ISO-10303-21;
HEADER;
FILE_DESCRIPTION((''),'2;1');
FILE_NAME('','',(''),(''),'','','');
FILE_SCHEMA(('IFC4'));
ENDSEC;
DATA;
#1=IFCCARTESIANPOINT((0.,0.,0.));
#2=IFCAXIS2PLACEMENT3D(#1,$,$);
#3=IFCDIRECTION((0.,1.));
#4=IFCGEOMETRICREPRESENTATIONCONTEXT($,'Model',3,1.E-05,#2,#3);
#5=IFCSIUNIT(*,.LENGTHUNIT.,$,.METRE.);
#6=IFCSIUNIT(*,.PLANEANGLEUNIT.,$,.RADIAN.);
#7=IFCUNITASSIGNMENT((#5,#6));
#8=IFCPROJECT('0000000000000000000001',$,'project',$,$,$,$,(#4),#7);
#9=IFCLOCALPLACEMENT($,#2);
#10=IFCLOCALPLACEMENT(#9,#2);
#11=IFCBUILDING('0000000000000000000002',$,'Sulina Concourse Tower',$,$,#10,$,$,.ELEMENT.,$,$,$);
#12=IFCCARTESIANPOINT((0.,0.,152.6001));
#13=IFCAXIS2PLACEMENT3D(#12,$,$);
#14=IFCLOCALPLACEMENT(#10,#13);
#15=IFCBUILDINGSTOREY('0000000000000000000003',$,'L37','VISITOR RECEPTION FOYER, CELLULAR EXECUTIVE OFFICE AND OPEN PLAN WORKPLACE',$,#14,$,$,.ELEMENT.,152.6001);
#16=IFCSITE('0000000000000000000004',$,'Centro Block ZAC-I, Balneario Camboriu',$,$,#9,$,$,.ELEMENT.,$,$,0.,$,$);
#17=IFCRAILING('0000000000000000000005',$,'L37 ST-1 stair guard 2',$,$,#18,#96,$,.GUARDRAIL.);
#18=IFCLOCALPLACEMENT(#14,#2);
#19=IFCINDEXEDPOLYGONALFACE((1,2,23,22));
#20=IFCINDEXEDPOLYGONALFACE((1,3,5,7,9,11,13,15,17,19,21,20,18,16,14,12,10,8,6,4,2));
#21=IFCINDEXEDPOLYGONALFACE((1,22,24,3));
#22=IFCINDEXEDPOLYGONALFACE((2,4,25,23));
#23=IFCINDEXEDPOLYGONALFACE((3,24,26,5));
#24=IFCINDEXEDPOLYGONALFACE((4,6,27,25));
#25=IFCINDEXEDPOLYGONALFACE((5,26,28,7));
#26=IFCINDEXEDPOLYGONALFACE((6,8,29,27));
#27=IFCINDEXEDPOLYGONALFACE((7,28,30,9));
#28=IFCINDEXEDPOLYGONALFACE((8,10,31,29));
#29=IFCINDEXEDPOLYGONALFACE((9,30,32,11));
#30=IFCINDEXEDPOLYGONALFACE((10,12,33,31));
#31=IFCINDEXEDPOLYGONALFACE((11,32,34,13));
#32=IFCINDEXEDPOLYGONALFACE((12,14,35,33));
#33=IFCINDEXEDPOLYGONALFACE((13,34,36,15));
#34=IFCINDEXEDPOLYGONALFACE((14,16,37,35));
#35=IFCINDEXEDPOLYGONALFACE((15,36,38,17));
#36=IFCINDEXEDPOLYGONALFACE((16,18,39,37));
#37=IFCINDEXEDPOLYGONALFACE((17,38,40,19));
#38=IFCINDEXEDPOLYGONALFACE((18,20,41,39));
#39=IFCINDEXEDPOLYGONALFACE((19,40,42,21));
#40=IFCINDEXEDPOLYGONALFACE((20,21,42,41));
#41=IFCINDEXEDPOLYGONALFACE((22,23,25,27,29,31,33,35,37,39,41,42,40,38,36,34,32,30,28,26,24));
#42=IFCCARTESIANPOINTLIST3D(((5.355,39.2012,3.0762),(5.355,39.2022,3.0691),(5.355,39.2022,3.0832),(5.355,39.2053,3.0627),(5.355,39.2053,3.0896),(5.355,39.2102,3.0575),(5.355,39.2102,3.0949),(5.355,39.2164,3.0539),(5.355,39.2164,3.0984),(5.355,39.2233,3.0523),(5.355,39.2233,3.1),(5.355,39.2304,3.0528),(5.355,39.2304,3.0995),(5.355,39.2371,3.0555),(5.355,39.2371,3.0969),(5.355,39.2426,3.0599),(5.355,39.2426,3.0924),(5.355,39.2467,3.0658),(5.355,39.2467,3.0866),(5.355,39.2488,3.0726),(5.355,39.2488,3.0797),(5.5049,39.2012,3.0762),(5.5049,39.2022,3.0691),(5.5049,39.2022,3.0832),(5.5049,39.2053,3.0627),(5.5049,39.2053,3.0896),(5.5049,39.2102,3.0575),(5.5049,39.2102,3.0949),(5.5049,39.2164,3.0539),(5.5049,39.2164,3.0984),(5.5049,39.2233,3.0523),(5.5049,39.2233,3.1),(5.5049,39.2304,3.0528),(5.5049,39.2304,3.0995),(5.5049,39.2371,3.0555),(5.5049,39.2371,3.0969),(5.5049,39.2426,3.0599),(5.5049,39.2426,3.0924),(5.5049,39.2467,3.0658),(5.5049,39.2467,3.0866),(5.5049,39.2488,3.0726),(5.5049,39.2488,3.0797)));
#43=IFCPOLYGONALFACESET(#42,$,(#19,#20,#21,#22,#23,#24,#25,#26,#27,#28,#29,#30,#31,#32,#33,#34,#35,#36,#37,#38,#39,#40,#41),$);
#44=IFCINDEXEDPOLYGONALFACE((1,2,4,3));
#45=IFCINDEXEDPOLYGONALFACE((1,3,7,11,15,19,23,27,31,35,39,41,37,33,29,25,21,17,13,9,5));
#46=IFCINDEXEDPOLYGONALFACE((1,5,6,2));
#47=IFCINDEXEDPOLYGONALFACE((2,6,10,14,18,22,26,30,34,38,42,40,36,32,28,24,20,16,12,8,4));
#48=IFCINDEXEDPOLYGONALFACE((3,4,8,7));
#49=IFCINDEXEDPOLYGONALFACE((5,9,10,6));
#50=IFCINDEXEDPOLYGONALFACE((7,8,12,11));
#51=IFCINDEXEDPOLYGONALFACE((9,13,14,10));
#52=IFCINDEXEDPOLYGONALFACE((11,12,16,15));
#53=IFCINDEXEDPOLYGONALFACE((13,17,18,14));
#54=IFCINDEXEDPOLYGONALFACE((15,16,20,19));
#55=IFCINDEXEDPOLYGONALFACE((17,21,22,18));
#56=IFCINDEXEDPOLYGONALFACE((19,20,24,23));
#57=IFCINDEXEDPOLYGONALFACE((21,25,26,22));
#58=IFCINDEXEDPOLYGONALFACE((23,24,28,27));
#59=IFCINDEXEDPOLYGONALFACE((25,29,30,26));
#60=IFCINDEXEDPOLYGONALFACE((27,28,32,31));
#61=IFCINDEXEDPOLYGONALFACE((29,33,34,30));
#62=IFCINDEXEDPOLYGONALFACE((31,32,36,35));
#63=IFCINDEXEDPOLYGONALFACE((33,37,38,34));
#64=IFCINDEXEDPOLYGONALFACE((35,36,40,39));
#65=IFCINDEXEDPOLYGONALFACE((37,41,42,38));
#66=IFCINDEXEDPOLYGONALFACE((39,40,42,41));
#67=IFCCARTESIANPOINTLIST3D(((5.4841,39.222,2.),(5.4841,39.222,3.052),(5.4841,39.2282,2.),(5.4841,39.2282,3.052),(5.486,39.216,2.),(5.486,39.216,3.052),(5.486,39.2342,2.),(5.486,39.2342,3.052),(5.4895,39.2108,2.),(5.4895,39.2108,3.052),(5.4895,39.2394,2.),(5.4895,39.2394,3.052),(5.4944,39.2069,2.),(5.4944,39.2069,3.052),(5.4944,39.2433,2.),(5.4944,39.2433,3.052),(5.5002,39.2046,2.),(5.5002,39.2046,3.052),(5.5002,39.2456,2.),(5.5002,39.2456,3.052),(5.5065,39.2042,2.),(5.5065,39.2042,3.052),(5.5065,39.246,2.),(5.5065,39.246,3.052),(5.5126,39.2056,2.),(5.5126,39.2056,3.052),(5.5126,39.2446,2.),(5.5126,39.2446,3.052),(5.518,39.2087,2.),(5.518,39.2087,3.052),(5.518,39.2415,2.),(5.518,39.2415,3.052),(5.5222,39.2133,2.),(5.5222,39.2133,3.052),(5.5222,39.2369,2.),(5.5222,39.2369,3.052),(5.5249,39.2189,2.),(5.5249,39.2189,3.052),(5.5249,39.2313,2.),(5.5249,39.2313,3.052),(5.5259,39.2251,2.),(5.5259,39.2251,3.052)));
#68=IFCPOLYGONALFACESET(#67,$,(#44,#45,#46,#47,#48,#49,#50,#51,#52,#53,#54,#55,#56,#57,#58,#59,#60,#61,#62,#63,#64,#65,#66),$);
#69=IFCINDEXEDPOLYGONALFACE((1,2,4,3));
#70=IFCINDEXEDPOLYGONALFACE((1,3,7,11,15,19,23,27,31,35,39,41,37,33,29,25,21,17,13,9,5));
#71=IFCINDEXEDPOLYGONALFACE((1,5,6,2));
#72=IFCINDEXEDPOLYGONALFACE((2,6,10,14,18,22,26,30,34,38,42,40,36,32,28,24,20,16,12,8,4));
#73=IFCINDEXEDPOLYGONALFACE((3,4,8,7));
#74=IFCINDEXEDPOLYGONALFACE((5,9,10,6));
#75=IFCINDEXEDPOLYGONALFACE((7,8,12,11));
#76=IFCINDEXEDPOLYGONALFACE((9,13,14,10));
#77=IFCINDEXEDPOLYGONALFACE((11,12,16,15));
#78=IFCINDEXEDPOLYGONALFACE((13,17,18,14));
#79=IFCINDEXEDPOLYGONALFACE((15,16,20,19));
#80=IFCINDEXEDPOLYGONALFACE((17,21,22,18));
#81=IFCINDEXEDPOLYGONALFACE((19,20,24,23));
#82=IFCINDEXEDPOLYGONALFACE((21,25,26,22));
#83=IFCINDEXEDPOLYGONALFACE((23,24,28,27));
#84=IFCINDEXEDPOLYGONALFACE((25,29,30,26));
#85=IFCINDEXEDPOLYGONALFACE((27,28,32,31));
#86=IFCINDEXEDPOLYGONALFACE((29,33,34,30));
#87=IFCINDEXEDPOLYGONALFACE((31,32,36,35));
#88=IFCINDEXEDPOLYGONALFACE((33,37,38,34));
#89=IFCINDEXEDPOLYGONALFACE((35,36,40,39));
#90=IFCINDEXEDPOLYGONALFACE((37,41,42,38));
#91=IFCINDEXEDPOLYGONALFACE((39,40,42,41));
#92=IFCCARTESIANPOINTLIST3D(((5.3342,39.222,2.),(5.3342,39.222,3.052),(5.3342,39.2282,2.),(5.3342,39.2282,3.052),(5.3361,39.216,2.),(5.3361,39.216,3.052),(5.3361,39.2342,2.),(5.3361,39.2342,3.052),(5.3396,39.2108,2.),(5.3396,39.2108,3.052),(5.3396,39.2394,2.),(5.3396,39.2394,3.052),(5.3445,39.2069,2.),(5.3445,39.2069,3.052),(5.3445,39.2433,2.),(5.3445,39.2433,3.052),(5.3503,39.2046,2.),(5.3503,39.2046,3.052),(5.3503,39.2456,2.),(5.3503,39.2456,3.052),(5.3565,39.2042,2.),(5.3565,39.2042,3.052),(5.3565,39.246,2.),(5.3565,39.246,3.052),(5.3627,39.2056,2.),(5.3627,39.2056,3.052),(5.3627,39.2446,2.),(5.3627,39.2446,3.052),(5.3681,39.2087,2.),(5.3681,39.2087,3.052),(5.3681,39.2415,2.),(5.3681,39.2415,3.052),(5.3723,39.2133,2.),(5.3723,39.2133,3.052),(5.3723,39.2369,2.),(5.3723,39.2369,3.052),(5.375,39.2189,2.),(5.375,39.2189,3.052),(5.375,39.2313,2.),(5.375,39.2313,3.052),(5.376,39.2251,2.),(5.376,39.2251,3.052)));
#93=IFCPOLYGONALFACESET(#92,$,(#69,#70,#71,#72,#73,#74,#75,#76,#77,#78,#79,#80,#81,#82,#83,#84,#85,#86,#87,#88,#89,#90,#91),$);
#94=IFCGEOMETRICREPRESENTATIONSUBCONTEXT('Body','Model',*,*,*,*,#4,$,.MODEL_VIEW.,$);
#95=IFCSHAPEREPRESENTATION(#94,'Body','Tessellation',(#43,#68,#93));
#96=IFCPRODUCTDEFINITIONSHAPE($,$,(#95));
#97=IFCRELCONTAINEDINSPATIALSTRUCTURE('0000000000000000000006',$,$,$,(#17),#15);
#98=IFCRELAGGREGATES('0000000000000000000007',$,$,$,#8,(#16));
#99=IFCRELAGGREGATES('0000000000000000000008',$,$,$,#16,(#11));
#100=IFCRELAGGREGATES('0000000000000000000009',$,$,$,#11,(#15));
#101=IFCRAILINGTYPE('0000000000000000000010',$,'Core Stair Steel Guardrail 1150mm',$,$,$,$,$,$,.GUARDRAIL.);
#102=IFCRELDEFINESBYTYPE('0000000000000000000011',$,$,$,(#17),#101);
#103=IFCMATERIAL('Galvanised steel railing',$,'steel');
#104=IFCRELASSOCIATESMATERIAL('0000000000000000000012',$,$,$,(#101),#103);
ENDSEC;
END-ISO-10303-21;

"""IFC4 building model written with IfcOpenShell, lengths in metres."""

from ifc_helpers import new_model, si_unit, direction, frame, origin, origin_2d, place, context, subcontext, project, spatial, circle, extrude, material, type_object, element, save


model = new_model("IFC4")

# Units and contexts
model_context = context("Model", 3, precision=1e-05, world=origin(), true_north=direction((0.0, 1.0)))
body_context = subcontext(model_context, "Body", "Model", "MODEL_VIEW")
ifc_project = project(units=[si_unit("LENGTHUNIT", "METRE"), si_unit("PLANEANGLEUNIT", "RADIAN")], contexts=[model_context])

# Site, building, storey
site_placement = place(None, origin())
site = spatial("IfcSite", under=ifc_project, at=site_placement, Name="Centro Block ZAC-I, Balneario Camboriu", CompositionType="ELEMENT", RefElevation=0.0)
building_placement = place(site_placement, origin())
building = spatial("IfcBuilding", under=site, at=building_placement, Name="Sulina Concourse Tower", CompositionType="ELEMENT")
storey_placement = place(building_placement, frame((0.0, 0.0, 152.6001)))
storey = spatial("IfcBuildingStorey", under=building, at=storey_placement, Name="L37", Description="VISITOR RECEPTION FOYER, CELLULAR EXECUTIVE OFFICE AND OPEN PLAN WORKPLACE", CompositionType="ELEMENT", Elevation=152.6001)

# Railing
ifc_material_1 = material(Name="Galvanised steel railing", Category="steel")
railing_type_1 = type_object("IfcRailingType", Name="Core Stair Steel Guardrail 1150mm", PredefinedType="GUARDRAIL", material=ifc_material_1)
railing_1_placement = place(storey_placement, frame((5.5049, 39.2251, 2.0)))
element("IfcRailing", 1, at=railing_1_placement, inside=storey, type_object=railing_type_1, Name="L37 ST-1 stair guard 2", PredefinedType="GUARDRAIL", context=body_context, shape_type="SweptSolid", body=[
    extrude(circle(Radius=0.0239, at=origin_2d()), frame((0.0, 0.0, 1.0762), z_axis=(-1.0, 0.0, 0.0), x_axis=(0.0, -1.0, 0.0)), (0.0, 0.0, 1.0), 0.1499),
    extrude(circle(Radius=0.021, at=origin_2d()), origin(), (0.0, 0.0, 1.0), 1.052),
    extrude(circle(Radius=0.021, at=origin_2d()), frame((-0.1499, 0.0, 0.0)), (0.0, 0.0, 1.0), 1.052),
])

save(model, "model.ifc")
